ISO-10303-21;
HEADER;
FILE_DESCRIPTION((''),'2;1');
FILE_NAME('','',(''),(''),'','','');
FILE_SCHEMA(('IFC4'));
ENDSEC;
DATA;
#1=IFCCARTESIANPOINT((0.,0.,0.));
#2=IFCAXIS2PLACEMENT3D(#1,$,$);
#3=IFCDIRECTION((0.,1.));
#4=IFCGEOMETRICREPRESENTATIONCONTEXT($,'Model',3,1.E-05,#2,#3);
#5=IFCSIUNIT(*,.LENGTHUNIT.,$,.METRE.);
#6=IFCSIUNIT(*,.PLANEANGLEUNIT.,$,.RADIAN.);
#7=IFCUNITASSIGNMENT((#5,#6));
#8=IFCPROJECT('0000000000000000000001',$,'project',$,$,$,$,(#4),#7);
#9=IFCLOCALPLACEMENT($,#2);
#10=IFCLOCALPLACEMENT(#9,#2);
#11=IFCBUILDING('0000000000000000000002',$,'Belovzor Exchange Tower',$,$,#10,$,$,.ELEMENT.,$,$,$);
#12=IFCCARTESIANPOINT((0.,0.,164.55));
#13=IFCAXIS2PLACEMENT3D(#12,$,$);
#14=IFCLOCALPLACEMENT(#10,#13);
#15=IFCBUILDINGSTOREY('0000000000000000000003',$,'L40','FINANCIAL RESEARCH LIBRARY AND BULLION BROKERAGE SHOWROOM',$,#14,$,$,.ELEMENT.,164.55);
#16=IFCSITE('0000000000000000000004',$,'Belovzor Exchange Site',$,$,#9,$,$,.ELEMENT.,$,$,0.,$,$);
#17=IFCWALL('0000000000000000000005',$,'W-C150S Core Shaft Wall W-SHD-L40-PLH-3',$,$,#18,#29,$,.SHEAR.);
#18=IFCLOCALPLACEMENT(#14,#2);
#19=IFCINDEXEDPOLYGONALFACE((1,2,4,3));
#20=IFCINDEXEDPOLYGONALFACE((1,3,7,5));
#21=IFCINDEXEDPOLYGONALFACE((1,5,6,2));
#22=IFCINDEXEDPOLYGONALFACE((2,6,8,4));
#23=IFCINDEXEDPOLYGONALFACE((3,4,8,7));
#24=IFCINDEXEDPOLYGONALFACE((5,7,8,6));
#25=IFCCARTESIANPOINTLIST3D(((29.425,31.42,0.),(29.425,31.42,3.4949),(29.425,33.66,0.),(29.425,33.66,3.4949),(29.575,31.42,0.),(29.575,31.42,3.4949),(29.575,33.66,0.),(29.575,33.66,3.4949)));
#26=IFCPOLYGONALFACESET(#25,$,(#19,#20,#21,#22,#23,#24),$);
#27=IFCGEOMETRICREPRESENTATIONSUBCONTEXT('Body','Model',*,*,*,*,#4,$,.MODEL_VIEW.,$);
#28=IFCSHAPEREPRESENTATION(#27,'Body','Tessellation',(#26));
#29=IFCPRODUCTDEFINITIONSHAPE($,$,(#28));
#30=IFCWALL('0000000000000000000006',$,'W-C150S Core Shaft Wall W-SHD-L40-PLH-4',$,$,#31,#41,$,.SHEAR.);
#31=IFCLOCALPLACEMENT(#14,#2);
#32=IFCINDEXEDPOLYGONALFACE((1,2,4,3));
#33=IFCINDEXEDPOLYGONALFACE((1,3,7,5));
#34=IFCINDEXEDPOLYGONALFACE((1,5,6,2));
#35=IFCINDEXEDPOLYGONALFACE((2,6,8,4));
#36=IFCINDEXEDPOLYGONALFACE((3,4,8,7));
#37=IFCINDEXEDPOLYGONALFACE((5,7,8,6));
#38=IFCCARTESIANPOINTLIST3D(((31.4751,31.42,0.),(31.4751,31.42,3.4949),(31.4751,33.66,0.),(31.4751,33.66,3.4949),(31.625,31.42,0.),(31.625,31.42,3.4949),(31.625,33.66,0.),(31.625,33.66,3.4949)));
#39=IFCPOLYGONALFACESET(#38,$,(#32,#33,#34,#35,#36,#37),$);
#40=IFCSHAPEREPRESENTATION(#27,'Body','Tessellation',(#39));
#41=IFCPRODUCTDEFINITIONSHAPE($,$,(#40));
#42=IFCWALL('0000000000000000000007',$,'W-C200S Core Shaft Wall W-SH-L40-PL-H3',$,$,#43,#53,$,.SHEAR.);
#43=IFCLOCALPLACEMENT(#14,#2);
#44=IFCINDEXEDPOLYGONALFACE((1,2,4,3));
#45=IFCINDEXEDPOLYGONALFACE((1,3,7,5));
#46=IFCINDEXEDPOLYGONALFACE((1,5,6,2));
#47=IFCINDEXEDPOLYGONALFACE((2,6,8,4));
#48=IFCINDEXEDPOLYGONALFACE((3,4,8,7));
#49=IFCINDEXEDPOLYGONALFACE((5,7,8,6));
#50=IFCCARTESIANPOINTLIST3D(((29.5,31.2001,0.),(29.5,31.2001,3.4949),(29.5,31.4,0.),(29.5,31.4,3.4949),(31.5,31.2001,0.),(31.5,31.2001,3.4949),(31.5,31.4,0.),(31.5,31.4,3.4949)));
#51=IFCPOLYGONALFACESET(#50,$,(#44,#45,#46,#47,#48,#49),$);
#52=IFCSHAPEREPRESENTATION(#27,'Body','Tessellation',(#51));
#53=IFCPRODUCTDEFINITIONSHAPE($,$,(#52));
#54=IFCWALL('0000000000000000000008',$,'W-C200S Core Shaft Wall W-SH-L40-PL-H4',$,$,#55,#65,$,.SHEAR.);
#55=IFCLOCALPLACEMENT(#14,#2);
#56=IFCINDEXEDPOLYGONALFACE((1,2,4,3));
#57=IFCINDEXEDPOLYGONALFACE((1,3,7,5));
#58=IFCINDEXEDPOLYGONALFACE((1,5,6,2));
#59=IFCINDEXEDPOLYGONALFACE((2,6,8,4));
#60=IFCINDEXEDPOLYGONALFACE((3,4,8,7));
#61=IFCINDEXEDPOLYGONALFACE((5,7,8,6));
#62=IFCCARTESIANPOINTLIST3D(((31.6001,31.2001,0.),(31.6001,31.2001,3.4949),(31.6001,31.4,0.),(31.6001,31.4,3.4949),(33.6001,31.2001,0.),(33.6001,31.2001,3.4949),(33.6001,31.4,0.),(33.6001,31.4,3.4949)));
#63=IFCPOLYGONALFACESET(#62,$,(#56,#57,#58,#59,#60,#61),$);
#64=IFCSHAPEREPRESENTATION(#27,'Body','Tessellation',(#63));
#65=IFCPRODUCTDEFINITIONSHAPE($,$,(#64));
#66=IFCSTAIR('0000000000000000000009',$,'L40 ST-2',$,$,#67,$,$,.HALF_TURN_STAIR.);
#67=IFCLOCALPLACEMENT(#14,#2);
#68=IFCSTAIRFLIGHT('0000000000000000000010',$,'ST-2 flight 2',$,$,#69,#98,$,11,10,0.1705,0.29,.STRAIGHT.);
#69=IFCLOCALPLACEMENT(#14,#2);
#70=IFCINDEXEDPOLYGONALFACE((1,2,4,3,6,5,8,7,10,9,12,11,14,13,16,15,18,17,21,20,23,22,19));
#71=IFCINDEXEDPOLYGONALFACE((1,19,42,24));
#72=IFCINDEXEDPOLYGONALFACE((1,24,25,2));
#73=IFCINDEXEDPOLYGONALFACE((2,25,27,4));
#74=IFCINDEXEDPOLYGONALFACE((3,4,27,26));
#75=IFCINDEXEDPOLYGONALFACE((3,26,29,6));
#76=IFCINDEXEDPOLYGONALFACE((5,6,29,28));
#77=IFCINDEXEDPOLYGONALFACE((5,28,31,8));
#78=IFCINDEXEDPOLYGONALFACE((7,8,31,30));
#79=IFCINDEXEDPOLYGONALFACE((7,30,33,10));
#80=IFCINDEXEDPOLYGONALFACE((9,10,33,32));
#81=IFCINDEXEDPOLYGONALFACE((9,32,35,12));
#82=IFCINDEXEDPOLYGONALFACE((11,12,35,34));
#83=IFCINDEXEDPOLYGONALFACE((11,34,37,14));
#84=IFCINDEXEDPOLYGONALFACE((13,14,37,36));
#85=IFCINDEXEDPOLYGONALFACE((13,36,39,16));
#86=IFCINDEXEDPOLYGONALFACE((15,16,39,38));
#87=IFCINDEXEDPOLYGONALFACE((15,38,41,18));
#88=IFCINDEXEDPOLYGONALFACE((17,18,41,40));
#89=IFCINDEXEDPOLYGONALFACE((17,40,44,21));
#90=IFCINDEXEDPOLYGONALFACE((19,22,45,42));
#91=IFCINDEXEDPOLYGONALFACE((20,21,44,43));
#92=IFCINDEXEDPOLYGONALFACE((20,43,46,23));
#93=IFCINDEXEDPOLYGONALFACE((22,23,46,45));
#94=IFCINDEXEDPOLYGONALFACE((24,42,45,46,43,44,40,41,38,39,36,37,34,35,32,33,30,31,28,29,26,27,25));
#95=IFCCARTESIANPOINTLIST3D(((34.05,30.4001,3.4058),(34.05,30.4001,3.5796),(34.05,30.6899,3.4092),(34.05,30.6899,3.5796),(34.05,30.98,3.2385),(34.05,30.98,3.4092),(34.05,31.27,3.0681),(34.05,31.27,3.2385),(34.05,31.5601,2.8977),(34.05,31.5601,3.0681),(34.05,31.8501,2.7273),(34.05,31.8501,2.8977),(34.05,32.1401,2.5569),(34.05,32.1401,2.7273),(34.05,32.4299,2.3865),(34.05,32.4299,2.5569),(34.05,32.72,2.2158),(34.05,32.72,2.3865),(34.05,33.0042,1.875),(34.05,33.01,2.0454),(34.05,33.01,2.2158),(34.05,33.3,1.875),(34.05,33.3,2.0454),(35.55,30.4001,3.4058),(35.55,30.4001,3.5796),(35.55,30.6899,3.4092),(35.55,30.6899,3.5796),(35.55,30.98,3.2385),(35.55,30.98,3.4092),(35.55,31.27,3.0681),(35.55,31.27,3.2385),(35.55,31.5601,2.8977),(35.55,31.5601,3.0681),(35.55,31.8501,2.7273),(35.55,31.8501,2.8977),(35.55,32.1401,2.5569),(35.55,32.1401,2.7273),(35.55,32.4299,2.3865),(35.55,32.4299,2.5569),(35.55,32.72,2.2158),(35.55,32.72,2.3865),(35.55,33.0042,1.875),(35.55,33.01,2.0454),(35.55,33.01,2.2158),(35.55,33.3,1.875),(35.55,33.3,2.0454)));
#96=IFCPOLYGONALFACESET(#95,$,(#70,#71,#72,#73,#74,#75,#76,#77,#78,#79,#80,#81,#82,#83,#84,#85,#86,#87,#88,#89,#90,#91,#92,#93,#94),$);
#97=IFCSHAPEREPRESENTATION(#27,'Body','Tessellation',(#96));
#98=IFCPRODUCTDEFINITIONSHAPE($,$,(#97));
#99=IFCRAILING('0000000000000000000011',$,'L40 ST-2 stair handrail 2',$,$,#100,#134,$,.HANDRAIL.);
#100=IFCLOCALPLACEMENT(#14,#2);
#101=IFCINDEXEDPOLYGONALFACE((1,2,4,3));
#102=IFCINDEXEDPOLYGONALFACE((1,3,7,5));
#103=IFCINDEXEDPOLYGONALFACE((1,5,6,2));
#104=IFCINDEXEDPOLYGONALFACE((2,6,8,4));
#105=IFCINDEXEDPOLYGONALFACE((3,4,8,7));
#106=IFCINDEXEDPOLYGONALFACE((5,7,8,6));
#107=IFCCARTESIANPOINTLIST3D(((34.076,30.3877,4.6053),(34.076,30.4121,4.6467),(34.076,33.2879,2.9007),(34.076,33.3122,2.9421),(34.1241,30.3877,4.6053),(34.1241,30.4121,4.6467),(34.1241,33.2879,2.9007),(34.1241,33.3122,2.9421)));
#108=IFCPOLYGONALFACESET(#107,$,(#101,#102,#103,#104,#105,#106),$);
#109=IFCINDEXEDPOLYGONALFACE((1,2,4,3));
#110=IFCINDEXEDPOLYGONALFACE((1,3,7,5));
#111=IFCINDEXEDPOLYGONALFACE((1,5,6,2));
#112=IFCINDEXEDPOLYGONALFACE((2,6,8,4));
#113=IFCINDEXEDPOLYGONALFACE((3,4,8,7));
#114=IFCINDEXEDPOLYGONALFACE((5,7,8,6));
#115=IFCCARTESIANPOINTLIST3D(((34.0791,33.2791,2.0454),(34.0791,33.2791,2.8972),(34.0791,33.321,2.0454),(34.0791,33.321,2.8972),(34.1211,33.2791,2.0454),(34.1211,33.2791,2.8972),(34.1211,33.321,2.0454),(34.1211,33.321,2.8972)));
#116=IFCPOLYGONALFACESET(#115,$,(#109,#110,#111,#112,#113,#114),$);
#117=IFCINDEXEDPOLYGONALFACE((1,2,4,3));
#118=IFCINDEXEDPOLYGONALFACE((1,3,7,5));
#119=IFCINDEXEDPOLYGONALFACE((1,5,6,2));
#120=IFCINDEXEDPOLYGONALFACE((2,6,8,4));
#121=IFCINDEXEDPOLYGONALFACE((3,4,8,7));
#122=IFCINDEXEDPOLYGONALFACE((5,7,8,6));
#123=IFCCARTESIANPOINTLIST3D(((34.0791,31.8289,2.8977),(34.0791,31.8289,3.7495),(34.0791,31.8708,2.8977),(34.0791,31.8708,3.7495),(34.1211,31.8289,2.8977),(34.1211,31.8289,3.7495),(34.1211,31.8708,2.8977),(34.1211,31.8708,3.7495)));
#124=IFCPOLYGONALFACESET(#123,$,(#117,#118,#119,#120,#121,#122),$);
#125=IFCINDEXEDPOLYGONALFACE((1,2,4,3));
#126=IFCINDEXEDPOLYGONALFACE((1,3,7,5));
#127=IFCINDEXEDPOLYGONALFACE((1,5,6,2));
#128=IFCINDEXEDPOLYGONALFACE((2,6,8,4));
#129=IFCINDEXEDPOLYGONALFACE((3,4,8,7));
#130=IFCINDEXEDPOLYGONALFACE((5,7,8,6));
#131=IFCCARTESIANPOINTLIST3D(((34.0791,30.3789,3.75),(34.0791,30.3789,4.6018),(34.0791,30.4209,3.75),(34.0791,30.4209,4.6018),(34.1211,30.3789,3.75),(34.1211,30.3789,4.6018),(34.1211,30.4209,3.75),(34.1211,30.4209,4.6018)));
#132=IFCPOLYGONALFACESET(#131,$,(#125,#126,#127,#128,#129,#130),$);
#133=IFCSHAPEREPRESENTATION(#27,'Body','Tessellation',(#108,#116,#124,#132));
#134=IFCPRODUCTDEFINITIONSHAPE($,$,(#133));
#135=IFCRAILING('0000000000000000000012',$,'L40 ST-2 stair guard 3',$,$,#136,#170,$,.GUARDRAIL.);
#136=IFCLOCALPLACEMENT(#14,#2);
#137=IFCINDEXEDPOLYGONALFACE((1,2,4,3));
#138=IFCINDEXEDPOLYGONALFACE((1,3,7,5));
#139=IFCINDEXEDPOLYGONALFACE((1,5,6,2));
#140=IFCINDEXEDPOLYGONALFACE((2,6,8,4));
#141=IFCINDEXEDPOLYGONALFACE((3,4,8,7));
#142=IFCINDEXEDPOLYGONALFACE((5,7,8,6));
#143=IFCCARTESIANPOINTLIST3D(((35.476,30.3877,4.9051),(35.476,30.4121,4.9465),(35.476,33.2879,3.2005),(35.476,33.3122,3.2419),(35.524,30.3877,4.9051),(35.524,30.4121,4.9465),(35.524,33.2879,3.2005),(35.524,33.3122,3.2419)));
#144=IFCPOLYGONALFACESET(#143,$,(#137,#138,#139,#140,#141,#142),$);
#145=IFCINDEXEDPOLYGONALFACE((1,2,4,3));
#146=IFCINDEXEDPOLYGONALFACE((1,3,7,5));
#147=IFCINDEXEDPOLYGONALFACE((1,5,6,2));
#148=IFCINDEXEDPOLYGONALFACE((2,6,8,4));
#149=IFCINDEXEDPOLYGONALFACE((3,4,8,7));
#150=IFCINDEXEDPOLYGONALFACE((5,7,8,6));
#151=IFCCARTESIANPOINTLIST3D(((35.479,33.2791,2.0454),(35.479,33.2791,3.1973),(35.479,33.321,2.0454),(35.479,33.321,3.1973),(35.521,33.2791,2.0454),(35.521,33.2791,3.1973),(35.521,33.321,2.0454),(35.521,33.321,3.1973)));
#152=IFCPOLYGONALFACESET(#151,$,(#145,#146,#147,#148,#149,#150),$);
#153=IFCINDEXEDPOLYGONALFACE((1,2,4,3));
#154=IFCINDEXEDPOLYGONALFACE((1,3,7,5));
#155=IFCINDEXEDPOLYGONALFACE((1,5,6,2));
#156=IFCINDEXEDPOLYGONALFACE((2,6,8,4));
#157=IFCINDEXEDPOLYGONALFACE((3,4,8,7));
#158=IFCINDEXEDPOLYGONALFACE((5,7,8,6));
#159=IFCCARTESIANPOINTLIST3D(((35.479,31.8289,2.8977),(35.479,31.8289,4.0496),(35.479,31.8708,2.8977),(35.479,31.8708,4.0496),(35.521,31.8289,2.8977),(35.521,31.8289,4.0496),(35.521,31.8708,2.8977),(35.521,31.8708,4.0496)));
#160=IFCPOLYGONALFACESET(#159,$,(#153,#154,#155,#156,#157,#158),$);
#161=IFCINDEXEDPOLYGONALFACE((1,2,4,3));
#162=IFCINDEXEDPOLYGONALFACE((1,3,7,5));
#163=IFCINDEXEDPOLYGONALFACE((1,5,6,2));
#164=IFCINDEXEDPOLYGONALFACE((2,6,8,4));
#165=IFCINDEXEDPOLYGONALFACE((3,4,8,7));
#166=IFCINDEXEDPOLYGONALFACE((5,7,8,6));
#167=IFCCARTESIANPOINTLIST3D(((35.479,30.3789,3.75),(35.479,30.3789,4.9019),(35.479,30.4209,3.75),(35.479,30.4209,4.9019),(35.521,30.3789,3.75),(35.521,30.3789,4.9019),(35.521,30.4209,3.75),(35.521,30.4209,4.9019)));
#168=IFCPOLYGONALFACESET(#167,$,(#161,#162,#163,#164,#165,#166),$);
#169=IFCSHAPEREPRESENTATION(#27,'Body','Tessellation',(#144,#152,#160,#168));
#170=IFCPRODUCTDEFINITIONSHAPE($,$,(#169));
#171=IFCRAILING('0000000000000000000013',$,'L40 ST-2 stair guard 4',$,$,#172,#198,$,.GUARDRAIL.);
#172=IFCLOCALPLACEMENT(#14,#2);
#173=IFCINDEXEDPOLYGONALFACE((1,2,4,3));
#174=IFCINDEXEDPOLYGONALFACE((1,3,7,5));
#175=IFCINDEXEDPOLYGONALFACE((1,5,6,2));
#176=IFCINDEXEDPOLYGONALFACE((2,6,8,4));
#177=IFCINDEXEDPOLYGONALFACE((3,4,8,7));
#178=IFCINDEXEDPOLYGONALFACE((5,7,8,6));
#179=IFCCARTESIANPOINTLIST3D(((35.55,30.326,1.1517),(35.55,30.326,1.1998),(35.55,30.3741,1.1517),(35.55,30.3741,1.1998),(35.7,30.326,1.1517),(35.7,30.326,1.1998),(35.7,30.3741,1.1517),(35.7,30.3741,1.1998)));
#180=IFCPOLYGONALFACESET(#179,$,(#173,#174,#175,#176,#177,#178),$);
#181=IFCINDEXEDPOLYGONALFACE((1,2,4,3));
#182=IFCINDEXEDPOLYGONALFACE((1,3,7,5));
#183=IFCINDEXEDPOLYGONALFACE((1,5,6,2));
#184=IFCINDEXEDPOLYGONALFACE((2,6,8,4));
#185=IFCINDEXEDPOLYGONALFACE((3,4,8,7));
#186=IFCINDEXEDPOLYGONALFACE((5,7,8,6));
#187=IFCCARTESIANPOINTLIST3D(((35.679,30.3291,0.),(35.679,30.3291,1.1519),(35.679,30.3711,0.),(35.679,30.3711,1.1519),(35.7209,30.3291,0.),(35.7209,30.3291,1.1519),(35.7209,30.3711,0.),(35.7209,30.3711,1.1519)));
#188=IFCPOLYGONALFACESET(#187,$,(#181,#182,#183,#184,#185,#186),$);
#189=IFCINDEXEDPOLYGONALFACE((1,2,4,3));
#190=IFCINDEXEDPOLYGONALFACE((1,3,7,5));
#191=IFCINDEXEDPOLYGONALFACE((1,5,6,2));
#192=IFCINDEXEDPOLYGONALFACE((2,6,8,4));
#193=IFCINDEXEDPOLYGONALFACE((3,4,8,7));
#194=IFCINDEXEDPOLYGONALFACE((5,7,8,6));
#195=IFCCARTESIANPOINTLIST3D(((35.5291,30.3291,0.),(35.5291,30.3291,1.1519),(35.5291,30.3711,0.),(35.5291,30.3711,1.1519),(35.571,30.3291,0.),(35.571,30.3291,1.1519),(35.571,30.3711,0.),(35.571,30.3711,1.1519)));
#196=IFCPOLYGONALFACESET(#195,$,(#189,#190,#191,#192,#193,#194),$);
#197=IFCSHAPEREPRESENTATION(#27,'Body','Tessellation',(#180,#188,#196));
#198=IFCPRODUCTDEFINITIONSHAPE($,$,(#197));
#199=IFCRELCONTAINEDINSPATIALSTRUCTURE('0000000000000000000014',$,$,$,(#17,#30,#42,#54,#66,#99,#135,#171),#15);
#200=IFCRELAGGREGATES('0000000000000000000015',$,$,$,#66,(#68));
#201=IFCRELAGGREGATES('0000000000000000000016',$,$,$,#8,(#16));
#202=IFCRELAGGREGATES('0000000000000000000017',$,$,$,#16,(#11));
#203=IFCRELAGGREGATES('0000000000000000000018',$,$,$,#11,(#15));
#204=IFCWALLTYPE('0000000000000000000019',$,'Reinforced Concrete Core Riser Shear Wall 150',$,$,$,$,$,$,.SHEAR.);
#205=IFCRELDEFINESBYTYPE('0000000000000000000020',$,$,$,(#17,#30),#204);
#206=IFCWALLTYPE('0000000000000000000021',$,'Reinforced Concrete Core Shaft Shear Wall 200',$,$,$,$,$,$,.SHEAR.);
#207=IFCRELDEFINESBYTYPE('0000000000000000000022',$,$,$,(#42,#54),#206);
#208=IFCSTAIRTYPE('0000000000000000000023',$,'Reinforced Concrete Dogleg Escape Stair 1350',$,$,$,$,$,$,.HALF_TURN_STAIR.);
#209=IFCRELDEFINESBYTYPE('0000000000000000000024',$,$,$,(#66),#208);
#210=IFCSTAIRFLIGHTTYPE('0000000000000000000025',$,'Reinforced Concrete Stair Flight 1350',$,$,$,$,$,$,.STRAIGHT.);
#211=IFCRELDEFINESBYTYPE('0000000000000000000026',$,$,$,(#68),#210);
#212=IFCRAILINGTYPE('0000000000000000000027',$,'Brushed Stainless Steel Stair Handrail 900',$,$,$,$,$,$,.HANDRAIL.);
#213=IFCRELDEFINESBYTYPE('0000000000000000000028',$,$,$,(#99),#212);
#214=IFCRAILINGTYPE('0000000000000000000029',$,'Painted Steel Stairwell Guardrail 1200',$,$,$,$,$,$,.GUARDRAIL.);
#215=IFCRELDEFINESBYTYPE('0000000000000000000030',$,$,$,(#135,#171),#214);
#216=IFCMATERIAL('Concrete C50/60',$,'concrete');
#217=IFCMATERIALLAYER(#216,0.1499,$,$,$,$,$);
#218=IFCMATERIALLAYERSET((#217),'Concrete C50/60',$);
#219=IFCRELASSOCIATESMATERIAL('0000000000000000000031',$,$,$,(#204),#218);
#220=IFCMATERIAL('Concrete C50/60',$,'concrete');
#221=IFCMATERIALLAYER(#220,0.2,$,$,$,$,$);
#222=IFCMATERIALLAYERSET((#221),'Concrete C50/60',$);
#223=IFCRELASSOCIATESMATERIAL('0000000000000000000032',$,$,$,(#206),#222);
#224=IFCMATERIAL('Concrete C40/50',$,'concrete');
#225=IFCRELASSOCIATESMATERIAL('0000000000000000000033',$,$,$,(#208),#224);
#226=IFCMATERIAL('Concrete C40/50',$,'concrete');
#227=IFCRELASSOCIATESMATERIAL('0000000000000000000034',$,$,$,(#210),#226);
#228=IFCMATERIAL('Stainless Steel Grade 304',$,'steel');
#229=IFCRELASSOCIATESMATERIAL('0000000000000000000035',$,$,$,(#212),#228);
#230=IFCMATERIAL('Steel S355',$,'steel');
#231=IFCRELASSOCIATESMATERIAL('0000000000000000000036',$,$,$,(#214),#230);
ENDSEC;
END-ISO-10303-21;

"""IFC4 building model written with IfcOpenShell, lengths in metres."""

from ifc_helpers import new_model, si_unit, direction, frame, frame_2d, origin, origin_2d, place, context, subcontext, project, spatial, polyline, rectangle, outline, extrude, material, layer, layer_set, type_object, element, aggregate, save


model = new_model("IFC4")

# Units and contexts
model_context = context("Model", 3, precision=1e-05, world=origin(), true_north=direction((0.0, 1.0)))
body_context = subcontext(model_context, "Body", "Model", "MODEL_VIEW")
ifc_project = project(units=[si_unit("LENGTHUNIT", "METRE"), si_unit("PLANEANGLEUNIT", "RADIAN")], contexts=[model_context])

# Site, building, storey
site_placement = place(None, origin())
site = spatial("IfcSite", under=ifc_project, at=site_placement, Name="Belovzor Exchange Site", CompositionType="ELEMENT", RefElevation=0.0)
building_placement = place(site_placement, origin())
building = spatial("IfcBuilding", under=site, at=building_placement, Name="Belovzor Exchange Tower", CompositionType="ELEMENT")
storey_placement = place(building_placement, frame((0.0, 0.0, 164.55)))
storey = spatial("IfcBuildingStorey", under=building, at=storey_placement, Name="L40", Description="FINANCIAL RESEARCH LIBRARY AND BULLION BROKERAGE SHOWROOM", CompositionType="ELEMENT", Elevation=164.55)

# Walls
ifc_material_1 = material(Name="Concrete C50/60", Category="concrete")
ifc_layer_1 = layer(ifc_material_1, 0.1499)
ifc_layer_set_1 = layer_set([ifc_layer_1], Name="Concrete C50/60")
wall_type_1 = type_object("IfcWallType", Name="Reinforced Concrete Core Riser Shear Wall 150", PredefinedType="SHEAR", material=ifc_layer_set_1)
for number, where, z_axis, x_axis, name in (
    (1, (29.5, 31.4199, 0.0), (0.0, 0.0, 1.0), (0.0, 1.0, 0.0), "W-C150S Core Shaft Wall W-SHD-L40-PLH-3"),
    (2, (31.55, 31.4199, 0.0), (0.0, 0.0, 1.0), (0.0, 1.0, 0.0), "W-C150S Core Shaft Wall W-SHD-L40-PLH-4"),
):
    element("IfcWall", number, at=place(storey_placement, frame(where, z_axis=z_axis, x_axis=x_axis)), inside=storey, type_object=wall_type_1, Name=name, PredefinedType="SHEAR", context=body_context, shape_type="SweptSolid", body=[
        extrude(rectangle(XDim=2.24, YDim=0.1499, at=frame_2d((1.1201, 0.0))), origin(), (0.0, 0.0, 1.0), 3.4949),
    ])
ifc_material_2 = material(Name="Concrete C50/60", Category="concrete")
ifc_layer_2 = layer(ifc_material_2, 0.2)
ifc_layer_set_2 = layer_set([ifc_layer_2], Name="Concrete C50/60")
wall_type_2 = type_object("IfcWallType", Name="Reinforced Concrete Core Shaft Shear Wall 200", PredefinedType="SHEAR", material=ifc_layer_set_2)
for number, where, z_axis, x_axis, name in (
    (3, (29.5, 31.3, 0.0), (0.0, 0.0, 1.0), (1.0, 0.0, 0.0), "W-C200S Core Shaft Wall W-SH-L40-PL-H3"),
    (4, (31.6001, 31.3, 0.0), (0.0, 0.0, 1.0), (1.0, 0.0, 0.0), "W-C200S Core Shaft Wall W-SH-L40-PL-H4"),
):
    element("IfcWall", number, at=place(storey_placement, frame(where, z_axis=z_axis, x_axis=x_axis)), inside=storey, type_object=wall_type_2, Name=name, PredefinedType="SHEAR", context=body_context, shape_type="SweptSolid", body=[
        extrude(rectangle(XDim=2.0, YDim=0.2, at=frame_2d((1.0, 0.0))), origin(), (0.0, 0.0, 1.0), 3.4949),
    ])

# Stair, stair flight
ifc_material_3 = material(Name="Concrete C40/50", Category="concrete")
stair_type = type_object("IfcStairType", Name="Reinforced Concrete Dogleg Escape Stair 1350", PredefinedType="HALF_TURN_STAIR", material=ifc_material_3)
stair_placement = place(storey_placement, origin())
stair = element("IfcStair", 5, at=stair_placement, inside=storey, type_object=stair_type, Name="L40 ST-2", PredefinedType="HALF_TURN_STAIR")
ifc_material_4 = material(Name="Concrete C40/50", Category="concrete")
stair_flight_type = type_object("IfcStairFlightType", Name="Reinforced Concrete Stair Flight 1350", PredefinedType="STRAIGHT", material=ifc_material_4)
stair_flight_placement = place(storey_placement, frame((34.8, 33.3, 1.875), z_axis=(0.0, 0.0, 1.0), x_axis=(0.0, -1.0, 0.0)))
stair_flight = element("IfcStairFlight", 6, at=stair_flight_placement, type_object=stair_flight_type, Name="ST-2 flight 2", NumberOfRisers=11, NumberOfTreads=10, PredefinedType="STRAIGHT", RiserHeight=0.1705, TreadLength=0.29, context=body_context, shape_type="SweptSolid", body=[
    extrude(outline(polyline([(0.0, 0.0), (0.0, 0.1704), (0.29, 0.1704), (0.29, 0.3408), (0.5801, 0.3408), (0.5801, 0.5115), (0.8701, 0.5115), (0.8701, 0.6819), (1.1599, 0.6819), (1.1599, 0.8523), (1.45, 0.8523), (1.45, 1.0227), (1.74, 1.0227), (1.74, 1.1931), (2.03, 1.1931), (2.03, 1.3635), (2.3201, 1.3635), (2.3201, 1.5342), (2.6101, 1.5342), (2.6101, 1.7046), (2.8999, 1.7046), (2.8999, 1.875), (2.8999, 1.5308), (0.2959, 0.0), (0.0, 0.0)])), frame((0.0, 0.75, 0.0), z_axis=(0.0, -1.0, 0.0), x_axis=(1.0, 0.0, 0.0)), (0.0, 0.0, 1.0), 1.5),
])
aggregate(stair, [stair_flight])

# Railings
ifc_material_5 = material(Name="Stainless Steel Grade 304", Category="steel")
railing_type_1 = type_object("IfcRailingType", Name="Brushed Stainless Steel Stair Handrail 900", PredefinedType="HANDRAIL", material=ifc_material_5)
railing_1_placement = place(storey_placement, frame((34.1001, 33.3, 2.0454)))
element("IfcRailing", 7, at=railing_1_placement, inside=storey, type_object=railing_type_1, Name="L40 ST-2 stair handrail 2", PredefinedType="HANDRAIL", context=body_context, shape_type="SweptSolid", body=[
    extrude(rectangle(XDim=0.0481, YDim=0.0481, at=origin_2d()), frame((0.0, 0.0, 0.876), z_axis=(0.0, -0.862113, 0.506716), x_axis=(1.0, 0.0, 0.0)), (0.0, 0.0, 1.0), 3.364),
    extrude(rectangle(XDim=0.042, YDim=0.042, at=origin_2d()), origin(), (0.0, 0.0, 1.0), 0.8518),
    extrude(rectangle(XDim=0.042, YDim=0.042, at=origin_2d()), frame((0.0, -1.4502, 0.8523)), (0.0, 0.0, 1.0), 0.8518),
    extrude(rectangle(XDim=0.042, YDim=0.042, at=origin_2d()), frame((0.0, -2.9001, 1.7046)), (0.0, 0.0, 1.0), 0.8518),
])
ifc_material_6 = material(Name="Steel S355", Category="steel")
railing_type_2 = type_object("IfcRailingType", Name="Painted Steel Stairwell Guardrail 1200", PredefinedType="GUARDRAIL", material=ifc_material_6)
railing_2_placement = place(storey_placement, frame((35.5, 33.3, 2.0454)))
element("IfcRailing", 8, at=railing_2_placement, inside=storey, type_object=railing_type_2, Name="L40 ST-2 stair guard 3", PredefinedType="GUARDRAIL", context=body_context, shape_type="SweptSolid", body=[
    extrude(rectangle(XDim=0.0481, YDim=0.0481, at=origin_2d()), frame((0.0, 0.0, 1.1758), z_axis=(0.0, -0.862113, 0.506716), x_axis=(1.0, 0.0, 0.0)), (0.0, 0.0, 1.0), 3.364),
    extrude(rectangle(XDim=0.042, YDim=0.042, at=origin_2d()), origin(), (0.0, 0.0, 1.0), 1.1519),
    extrude(rectangle(XDim=0.042, YDim=0.042, at=origin_2d()), frame((0.0, -1.4502, 0.8523)), (0.0, 0.0, 1.0), 1.1519),
    extrude(rectangle(XDim=0.042, YDim=0.042, at=origin_2d()), frame((0.0, -2.9001, 1.7046)), (0.0, 0.0, 1.0), 1.1519),
])
railing_3_placement = place(storey_placement, frame((35.7, 30.3501, 0.0)))
element("IfcRailing", 9, at=railing_3_placement, inside=storey, type_object=railing_type_2, Name="L40 ST-2 stair guard 4", PredefinedType="GUARDRAIL", context=body_context, shape_type="SweptSolid", body=[
    extrude(rectangle(XDim=0.0481, YDim=0.0481, at=origin_2d()), frame((0.0, 0.0, 1.1758), z_axis=(-1.0, 0.0, 0.0), x_axis=(0.0, -1.0, 0.0)), (0.0, 0.0, 1.0), 0.1499),
    extrude(rectangle(XDim=0.042, YDim=0.042, at=origin_2d()), origin(), (0.0, 0.0, 1.0), 1.1519),
    extrude(rectangle(XDim=0.042, YDim=0.042, at=origin_2d()), frame((-0.1499, 0.0, 0.0)), (0.0, 0.0, 1.0), 1.1519),
])

save(model, "model.ifc")
